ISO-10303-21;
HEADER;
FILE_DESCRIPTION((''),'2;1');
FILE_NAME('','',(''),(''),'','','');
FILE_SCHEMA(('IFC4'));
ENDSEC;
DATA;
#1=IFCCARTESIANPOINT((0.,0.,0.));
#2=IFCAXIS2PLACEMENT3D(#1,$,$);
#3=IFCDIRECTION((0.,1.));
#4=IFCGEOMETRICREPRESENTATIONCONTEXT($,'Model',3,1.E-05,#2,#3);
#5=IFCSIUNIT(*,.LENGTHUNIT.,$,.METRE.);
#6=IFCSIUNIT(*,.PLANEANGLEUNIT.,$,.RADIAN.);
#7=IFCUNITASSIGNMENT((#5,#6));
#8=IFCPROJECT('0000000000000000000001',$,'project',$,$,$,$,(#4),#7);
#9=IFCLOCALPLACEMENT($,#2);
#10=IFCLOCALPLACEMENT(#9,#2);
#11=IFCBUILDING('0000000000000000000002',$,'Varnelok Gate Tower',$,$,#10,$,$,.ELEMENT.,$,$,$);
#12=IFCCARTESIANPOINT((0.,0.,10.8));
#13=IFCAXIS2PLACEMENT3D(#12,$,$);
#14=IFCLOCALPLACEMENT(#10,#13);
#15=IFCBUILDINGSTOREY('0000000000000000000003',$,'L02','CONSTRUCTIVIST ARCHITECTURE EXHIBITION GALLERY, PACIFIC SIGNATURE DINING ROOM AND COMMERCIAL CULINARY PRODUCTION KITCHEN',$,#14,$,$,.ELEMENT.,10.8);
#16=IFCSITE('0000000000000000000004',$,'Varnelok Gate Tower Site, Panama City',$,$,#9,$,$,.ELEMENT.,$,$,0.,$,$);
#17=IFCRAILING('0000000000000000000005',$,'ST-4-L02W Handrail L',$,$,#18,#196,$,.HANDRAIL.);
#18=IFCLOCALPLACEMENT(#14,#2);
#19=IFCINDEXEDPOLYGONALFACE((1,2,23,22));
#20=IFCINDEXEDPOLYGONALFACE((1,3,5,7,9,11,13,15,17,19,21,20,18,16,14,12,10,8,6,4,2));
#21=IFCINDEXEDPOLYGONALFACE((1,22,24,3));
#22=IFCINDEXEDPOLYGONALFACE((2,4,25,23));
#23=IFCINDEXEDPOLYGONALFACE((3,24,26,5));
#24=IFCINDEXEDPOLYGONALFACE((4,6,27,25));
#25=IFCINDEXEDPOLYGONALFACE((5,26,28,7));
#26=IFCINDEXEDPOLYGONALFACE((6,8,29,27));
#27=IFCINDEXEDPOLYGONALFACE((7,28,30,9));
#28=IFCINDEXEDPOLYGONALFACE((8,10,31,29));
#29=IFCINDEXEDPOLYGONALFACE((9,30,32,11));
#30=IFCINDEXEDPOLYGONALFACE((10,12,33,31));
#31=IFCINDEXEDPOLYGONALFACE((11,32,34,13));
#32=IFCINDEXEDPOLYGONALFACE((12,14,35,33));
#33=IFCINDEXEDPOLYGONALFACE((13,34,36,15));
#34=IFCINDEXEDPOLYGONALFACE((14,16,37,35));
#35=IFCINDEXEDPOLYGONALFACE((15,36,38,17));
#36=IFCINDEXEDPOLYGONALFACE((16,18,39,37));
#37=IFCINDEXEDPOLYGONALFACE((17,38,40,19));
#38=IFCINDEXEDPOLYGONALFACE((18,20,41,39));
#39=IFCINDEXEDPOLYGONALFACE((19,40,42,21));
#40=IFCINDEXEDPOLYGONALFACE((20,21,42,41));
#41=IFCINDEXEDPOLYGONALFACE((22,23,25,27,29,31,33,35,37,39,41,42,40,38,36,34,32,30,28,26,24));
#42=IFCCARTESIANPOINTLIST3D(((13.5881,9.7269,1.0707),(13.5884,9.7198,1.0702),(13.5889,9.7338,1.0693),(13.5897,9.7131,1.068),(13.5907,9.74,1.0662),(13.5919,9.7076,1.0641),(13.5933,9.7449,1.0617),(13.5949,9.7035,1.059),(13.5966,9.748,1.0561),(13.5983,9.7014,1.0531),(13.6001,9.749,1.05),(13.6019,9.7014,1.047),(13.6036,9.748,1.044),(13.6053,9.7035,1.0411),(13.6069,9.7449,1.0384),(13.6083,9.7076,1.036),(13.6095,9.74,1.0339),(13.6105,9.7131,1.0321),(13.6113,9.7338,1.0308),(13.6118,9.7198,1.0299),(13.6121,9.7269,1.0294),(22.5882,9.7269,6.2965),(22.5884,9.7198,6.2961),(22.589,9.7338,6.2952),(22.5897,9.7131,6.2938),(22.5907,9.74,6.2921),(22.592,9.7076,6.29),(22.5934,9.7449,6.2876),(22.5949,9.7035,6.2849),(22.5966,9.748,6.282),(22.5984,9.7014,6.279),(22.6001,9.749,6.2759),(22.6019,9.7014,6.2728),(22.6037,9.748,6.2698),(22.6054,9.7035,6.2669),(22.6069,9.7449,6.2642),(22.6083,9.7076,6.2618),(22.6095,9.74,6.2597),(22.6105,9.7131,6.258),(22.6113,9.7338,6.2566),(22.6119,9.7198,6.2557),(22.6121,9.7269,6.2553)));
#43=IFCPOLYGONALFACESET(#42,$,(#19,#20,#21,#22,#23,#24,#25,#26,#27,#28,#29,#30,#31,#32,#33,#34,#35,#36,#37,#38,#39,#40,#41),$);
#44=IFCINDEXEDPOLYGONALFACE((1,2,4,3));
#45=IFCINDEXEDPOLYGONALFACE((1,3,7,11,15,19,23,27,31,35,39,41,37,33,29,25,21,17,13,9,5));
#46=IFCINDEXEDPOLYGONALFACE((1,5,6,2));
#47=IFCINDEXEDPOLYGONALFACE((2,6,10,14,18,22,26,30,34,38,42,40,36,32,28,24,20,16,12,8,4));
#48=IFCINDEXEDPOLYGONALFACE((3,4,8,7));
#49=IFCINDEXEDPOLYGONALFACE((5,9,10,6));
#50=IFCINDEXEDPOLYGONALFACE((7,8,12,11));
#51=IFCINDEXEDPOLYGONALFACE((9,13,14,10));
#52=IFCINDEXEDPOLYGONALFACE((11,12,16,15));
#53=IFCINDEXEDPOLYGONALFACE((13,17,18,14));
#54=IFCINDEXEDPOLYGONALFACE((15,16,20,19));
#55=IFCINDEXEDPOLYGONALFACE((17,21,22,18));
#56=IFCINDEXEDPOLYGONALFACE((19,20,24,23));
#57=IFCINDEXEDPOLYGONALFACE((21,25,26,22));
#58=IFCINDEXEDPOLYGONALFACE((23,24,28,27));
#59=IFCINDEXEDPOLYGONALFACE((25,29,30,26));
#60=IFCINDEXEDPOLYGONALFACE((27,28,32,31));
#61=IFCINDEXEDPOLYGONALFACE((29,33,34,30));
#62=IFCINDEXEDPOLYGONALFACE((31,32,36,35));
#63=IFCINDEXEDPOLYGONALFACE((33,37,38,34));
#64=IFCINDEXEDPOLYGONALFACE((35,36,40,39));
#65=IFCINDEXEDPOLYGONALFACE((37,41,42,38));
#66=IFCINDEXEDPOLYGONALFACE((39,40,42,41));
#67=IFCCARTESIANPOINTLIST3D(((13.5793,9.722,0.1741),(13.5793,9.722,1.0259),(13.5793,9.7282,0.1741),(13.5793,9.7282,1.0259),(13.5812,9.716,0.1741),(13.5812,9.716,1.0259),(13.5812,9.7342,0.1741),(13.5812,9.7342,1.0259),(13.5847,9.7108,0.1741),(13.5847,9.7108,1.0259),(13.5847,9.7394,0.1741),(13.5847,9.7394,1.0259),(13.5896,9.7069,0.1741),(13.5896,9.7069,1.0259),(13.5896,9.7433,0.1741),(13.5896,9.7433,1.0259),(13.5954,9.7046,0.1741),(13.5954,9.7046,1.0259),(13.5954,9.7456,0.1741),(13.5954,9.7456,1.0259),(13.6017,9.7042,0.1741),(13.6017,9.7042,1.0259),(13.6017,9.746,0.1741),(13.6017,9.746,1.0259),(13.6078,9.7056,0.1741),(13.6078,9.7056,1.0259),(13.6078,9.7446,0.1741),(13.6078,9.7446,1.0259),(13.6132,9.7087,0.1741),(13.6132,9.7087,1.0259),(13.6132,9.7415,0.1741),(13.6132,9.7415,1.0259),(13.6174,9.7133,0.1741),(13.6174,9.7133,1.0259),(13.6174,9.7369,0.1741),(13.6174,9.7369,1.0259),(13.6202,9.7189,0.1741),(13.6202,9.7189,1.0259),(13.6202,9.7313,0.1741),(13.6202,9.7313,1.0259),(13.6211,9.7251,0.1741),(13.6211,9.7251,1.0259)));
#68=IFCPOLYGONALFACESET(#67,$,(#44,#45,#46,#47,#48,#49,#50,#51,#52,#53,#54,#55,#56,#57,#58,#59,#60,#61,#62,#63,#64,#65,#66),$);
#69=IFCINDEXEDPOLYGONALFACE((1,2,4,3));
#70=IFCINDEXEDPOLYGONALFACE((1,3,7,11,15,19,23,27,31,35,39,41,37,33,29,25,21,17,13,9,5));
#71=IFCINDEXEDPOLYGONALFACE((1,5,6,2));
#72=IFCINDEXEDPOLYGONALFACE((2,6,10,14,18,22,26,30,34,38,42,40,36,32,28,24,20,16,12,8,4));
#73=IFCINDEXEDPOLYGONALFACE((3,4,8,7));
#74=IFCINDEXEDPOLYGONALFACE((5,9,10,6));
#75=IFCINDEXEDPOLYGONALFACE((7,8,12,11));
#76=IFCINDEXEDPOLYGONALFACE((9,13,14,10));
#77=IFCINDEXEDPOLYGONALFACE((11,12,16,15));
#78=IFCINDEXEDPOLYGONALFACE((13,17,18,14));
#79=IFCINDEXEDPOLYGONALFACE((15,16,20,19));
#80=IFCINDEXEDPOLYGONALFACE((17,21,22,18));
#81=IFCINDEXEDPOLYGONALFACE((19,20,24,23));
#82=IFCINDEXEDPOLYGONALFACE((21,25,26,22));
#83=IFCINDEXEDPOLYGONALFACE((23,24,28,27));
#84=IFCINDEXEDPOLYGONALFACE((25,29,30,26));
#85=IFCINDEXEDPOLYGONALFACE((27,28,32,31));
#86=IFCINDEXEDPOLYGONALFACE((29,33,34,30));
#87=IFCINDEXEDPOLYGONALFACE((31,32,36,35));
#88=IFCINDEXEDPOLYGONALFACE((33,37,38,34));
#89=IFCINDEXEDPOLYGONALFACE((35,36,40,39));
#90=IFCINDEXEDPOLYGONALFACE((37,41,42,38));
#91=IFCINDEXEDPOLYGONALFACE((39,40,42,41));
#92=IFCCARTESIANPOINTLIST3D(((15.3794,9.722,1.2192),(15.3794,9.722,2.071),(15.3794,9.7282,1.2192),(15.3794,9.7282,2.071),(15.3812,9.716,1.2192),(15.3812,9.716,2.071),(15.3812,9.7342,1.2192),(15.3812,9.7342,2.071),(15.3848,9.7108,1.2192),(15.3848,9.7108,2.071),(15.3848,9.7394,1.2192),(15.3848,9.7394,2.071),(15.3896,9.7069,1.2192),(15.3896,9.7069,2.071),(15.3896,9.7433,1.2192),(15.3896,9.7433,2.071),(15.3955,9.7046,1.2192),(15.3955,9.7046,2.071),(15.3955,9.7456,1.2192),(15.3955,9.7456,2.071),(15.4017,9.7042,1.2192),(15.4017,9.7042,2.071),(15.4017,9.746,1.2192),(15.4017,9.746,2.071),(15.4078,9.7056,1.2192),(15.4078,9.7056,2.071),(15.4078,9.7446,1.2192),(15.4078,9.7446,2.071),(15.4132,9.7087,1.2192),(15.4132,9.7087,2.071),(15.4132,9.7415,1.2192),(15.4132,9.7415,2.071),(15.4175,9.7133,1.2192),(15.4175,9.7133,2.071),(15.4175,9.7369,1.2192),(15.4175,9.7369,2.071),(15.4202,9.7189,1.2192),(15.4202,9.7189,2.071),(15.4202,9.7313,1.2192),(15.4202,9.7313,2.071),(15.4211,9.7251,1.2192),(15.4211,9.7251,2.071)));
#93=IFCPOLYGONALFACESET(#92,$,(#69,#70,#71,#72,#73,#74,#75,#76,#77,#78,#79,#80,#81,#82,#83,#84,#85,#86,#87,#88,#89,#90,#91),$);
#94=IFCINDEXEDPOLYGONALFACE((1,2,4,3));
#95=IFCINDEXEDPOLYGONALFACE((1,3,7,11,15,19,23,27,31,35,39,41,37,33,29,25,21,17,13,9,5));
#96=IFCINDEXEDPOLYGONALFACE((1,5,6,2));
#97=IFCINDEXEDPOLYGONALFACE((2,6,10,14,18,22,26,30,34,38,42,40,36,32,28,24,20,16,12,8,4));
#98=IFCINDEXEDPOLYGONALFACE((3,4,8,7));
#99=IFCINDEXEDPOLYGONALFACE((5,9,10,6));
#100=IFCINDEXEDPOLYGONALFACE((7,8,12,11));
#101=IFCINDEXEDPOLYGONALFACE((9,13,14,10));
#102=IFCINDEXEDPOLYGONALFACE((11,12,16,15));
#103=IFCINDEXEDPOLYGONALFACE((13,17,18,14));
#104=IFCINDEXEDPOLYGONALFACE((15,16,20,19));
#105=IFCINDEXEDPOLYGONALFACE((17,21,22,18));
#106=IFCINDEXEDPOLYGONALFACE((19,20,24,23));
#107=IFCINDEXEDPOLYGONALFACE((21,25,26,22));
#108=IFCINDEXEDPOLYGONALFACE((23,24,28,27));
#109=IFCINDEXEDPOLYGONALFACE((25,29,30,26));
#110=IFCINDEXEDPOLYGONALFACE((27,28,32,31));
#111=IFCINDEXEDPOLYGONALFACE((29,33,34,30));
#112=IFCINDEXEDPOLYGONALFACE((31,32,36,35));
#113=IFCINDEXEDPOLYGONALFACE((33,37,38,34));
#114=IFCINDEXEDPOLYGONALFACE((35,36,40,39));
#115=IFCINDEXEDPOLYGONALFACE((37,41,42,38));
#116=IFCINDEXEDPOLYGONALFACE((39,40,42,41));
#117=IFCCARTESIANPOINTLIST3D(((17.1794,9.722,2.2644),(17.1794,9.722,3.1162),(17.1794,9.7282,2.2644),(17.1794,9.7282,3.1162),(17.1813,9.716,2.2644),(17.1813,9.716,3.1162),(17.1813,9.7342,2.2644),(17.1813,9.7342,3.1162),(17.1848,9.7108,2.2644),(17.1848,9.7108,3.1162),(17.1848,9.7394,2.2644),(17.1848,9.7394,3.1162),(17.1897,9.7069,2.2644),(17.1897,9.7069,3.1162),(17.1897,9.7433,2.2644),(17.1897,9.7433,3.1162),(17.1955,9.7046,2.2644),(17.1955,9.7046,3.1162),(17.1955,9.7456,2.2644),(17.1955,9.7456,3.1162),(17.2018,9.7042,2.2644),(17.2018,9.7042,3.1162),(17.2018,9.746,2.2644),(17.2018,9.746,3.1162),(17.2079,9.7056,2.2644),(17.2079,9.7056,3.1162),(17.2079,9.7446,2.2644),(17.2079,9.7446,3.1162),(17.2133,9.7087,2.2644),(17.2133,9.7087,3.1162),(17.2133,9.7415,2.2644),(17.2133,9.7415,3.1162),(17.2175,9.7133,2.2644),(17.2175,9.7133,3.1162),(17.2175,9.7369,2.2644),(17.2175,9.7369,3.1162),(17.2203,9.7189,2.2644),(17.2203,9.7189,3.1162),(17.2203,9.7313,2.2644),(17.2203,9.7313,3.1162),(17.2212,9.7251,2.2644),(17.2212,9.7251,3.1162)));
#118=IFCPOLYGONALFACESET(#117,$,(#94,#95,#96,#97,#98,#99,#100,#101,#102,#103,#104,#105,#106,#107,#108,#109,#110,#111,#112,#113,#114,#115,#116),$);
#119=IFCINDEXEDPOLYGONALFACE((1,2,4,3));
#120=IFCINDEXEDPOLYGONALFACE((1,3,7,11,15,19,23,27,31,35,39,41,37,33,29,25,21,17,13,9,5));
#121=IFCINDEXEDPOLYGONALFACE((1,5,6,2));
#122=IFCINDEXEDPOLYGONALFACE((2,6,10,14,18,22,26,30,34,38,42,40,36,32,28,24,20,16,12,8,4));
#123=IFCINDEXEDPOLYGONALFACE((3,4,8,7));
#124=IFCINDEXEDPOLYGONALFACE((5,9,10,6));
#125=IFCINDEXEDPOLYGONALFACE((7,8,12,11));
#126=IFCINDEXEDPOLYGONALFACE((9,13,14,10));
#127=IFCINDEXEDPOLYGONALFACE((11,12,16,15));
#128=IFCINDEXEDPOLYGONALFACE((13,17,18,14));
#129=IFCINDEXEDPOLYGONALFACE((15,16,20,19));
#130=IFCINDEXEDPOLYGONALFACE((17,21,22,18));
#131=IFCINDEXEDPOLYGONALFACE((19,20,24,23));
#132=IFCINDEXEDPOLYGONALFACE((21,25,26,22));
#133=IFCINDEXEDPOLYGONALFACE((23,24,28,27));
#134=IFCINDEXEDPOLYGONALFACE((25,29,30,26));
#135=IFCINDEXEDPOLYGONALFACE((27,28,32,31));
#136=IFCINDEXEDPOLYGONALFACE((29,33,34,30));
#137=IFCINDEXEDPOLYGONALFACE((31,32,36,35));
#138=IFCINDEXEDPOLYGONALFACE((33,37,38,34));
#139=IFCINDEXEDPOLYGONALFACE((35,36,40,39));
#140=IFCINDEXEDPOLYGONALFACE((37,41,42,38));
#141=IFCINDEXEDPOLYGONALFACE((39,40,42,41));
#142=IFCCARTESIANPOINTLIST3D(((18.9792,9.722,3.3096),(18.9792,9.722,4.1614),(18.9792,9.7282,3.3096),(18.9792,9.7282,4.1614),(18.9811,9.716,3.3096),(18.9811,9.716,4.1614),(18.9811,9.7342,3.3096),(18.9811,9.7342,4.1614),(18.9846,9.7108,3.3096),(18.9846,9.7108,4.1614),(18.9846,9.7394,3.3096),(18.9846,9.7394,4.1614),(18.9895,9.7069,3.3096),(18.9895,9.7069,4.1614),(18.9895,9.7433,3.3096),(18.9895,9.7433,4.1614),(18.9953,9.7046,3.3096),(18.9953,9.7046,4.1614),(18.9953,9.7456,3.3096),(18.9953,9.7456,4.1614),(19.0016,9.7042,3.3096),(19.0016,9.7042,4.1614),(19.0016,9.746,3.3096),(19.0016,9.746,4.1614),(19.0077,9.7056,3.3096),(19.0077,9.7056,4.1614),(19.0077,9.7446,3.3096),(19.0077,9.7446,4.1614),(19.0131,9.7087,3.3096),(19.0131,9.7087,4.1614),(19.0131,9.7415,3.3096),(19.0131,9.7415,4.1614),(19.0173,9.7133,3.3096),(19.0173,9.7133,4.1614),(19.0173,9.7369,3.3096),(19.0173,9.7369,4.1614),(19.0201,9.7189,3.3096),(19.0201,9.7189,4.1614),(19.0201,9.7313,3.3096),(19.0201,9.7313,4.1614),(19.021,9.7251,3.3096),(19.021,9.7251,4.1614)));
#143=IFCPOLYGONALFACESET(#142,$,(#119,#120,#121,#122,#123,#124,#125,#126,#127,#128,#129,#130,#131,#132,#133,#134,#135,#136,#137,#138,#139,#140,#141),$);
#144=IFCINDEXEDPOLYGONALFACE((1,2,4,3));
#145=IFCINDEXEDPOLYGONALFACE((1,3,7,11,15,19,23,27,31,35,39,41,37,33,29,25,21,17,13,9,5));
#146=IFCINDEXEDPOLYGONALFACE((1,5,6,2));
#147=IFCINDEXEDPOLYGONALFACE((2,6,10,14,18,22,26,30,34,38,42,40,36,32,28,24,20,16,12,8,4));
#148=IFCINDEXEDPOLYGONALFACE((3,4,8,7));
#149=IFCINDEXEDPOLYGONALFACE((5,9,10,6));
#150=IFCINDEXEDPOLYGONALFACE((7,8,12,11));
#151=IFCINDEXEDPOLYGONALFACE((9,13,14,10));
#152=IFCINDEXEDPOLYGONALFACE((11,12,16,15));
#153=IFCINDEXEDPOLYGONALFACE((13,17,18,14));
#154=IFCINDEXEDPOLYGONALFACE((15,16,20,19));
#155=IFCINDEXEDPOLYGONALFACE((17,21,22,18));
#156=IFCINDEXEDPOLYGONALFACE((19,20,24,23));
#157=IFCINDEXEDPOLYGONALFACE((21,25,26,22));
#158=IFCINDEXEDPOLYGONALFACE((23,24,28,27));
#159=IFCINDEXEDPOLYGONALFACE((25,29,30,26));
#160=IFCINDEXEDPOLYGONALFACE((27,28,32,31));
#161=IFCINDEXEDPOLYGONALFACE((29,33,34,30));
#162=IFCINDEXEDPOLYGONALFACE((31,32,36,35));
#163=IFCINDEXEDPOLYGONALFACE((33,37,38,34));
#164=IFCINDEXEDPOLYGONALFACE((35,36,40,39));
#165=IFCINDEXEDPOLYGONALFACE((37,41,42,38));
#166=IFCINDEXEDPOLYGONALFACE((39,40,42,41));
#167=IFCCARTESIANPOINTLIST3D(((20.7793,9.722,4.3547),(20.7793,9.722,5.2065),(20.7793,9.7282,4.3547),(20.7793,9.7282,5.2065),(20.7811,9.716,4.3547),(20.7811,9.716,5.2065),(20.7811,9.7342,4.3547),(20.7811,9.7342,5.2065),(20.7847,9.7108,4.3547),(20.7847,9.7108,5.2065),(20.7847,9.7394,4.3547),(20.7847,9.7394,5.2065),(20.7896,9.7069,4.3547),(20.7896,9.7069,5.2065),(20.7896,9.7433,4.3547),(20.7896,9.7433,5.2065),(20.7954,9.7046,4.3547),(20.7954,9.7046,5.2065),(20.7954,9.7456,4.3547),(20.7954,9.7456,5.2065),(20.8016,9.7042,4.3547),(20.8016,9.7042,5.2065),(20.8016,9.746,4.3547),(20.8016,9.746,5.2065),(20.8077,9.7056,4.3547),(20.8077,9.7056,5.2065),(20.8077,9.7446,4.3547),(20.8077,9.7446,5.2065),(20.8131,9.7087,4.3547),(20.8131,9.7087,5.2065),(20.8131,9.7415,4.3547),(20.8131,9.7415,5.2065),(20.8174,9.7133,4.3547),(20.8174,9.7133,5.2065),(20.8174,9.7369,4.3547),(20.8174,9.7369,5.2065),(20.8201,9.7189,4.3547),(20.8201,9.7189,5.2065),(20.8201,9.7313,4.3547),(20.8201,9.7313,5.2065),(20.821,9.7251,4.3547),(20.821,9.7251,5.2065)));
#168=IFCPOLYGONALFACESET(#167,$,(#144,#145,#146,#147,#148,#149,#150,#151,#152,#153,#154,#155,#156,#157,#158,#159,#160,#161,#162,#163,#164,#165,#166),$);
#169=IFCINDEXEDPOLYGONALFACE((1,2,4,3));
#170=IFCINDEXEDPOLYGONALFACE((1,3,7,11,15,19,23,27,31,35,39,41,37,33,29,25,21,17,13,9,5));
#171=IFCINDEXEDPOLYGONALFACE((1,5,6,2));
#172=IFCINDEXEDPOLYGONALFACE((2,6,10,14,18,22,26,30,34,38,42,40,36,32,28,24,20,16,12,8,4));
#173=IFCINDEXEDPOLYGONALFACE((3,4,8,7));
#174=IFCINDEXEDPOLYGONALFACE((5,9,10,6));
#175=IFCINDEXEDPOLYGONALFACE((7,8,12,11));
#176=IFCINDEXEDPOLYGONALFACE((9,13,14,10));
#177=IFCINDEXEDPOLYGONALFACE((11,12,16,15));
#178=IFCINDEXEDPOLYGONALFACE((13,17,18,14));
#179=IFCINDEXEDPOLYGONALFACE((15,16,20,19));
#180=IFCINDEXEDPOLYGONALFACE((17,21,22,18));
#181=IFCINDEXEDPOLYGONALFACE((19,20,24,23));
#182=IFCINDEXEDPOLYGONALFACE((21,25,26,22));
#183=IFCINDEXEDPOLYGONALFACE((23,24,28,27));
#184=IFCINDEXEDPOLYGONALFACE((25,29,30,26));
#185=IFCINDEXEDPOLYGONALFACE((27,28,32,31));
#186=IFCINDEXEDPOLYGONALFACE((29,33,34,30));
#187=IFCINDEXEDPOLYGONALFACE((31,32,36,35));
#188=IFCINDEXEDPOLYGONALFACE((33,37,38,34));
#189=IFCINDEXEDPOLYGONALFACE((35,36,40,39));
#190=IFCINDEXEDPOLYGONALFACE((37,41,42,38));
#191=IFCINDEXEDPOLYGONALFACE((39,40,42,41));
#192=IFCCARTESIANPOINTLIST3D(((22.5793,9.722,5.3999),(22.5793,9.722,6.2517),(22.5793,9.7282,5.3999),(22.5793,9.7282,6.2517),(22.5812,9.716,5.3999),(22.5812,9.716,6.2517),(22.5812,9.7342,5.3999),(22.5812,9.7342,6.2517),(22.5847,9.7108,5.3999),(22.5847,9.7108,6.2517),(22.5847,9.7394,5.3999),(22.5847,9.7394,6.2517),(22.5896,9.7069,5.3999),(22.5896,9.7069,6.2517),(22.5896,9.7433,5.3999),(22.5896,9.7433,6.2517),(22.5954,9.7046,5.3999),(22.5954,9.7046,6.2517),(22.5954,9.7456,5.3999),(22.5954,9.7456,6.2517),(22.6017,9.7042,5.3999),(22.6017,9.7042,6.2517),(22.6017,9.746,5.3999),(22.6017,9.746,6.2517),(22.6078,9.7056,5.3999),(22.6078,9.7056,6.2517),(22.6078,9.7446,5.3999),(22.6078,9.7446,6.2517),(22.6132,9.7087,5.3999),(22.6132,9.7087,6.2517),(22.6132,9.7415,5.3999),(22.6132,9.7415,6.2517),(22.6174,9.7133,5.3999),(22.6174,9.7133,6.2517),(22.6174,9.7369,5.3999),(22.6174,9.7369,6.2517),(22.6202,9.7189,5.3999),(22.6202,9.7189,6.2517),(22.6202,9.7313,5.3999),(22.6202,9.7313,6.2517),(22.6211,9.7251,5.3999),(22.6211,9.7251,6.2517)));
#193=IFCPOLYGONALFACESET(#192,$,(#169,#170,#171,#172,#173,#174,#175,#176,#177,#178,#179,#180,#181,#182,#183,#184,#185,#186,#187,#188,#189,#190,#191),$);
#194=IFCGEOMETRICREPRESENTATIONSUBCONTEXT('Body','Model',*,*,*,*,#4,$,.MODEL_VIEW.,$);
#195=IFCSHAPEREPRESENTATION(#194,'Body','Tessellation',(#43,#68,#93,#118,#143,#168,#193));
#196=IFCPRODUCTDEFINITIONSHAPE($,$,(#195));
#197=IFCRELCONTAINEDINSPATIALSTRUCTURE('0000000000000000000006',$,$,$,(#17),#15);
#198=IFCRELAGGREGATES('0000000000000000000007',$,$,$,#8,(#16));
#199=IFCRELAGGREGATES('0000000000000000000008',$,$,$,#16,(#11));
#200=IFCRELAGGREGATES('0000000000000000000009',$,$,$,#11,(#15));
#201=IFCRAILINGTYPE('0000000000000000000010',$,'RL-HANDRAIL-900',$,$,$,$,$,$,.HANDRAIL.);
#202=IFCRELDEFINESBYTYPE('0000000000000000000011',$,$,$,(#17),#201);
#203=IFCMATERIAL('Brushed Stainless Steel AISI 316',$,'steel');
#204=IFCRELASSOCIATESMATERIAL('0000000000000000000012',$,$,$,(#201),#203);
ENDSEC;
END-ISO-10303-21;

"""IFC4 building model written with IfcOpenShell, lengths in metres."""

from ifc_helpers import new_model, si_unit, direction, frame, origin, origin_2d, place, context, subcontext, project, spatial, circle, extrude, material, type_object, element, save


model = new_model("IFC4")

# Units and contexts
model_context = context("Model", 3, precision=1e-05, world=origin(), true_north=direction((0.0, 1.0)))
body_context = subcontext(model_context, "Body", "Model", "MODEL_VIEW")
ifc_project = project(units=[si_unit("LENGTHUNIT", "METRE"), si_unit("PLANEANGLEUNIT", "RADIAN")], contexts=[model_context])

# Site, building, storey
site_placement = place(None, origin())
site = spatial("IfcSite", under=ifc_project, at=site_placement, Name="Varnelok Gate Tower Site, Panama City", CompositionType="ELEMENT", RefElevation=0.0)
building_placement = place(site_placement, origin())
building = spatial("IfcBuilding", under=site, at=building_placement, Name="Varnelok Gate Tower", CompositionType="ELEMENT")
storey_placement = place(building_placement, frame((0.0, 0.0, 10.8)))
storey = spatial("IfcBuildingStorey", under=building, at=storey_placement, Name="L02", Description="CONSTRUCTIVIST ARCHITECTURE EXHIBITION GALLERY, PACIFIC SIGNATURE DINING ROOM AND COMMERCIAL CULINARY PRODUCTION KITCHEN", CompositionType="ELEMENT", Elevation=10.8)

# Railing
ifc_material_1 = material(Name="Brushed Stainless Steel AISI 316", Category="steel")
railing_type_1 = type_object("IfcRailingType", Name="RL-HANDRAIL-900", PredefinedType="HANDRAIL", material=ifc_material_1)
for number, where, name in (
    (1, (13.6001, 9.7251, 0.1741), "ST-4-L02W Handrail L"),
):
    element("IfcRailing", number, at=place(storey_placement, frame(where)), inside=storey, type_object=railing_type_1, Name=name, PredefinedType="HANDRAIL", context=body_context, shape_type="SweptSolid", body=[
        extrude(circle(Radius=0.0239, at=origin_2d()), frame((0.0, 0.0, 0.876), z_axis=(0.864788, 0.0, 0.502137), x_axis=(0.0, 1.0, 0.0)), (0.0, 0.0, 1.0), 10.4072),
        extrude(circle(Radius=0.021, at=origin_2d()), origin(), (0.0, 0.0, 1.0), 0.8518),
        extrude(circle(Radius=0.021, at=origin_2d()), frame((1.8, 0.0, 1.0452)), (0.0, 0.0, 1.0), 0.8518),
        extrude(circle(Radius=0.021, at=origin_2d()), frame((3.6001, 0.0, 2.0903)), (0.0, 0.0, 1.0), 0.8518),
        extrude(circle(Radius=0.021, at=origin_2d()), frame((5.3999, 0.0, 3.1355)), (0.0, 0.0, 1.0), 0.8518),
        extrude(circle(Radius=0.021, at=origin_2d()), frame((7.2, 0.0, 4.1807)), (0.0, 0.0, 1.0), 0.8518),
        extrude(circle(Radius=0.021, at=origin_2d()), frame((9.0, 0.0, 5.2258)), (0.0, 0.0, 1.0), 0.8518),
    ])

save(model, "model.ifc")
